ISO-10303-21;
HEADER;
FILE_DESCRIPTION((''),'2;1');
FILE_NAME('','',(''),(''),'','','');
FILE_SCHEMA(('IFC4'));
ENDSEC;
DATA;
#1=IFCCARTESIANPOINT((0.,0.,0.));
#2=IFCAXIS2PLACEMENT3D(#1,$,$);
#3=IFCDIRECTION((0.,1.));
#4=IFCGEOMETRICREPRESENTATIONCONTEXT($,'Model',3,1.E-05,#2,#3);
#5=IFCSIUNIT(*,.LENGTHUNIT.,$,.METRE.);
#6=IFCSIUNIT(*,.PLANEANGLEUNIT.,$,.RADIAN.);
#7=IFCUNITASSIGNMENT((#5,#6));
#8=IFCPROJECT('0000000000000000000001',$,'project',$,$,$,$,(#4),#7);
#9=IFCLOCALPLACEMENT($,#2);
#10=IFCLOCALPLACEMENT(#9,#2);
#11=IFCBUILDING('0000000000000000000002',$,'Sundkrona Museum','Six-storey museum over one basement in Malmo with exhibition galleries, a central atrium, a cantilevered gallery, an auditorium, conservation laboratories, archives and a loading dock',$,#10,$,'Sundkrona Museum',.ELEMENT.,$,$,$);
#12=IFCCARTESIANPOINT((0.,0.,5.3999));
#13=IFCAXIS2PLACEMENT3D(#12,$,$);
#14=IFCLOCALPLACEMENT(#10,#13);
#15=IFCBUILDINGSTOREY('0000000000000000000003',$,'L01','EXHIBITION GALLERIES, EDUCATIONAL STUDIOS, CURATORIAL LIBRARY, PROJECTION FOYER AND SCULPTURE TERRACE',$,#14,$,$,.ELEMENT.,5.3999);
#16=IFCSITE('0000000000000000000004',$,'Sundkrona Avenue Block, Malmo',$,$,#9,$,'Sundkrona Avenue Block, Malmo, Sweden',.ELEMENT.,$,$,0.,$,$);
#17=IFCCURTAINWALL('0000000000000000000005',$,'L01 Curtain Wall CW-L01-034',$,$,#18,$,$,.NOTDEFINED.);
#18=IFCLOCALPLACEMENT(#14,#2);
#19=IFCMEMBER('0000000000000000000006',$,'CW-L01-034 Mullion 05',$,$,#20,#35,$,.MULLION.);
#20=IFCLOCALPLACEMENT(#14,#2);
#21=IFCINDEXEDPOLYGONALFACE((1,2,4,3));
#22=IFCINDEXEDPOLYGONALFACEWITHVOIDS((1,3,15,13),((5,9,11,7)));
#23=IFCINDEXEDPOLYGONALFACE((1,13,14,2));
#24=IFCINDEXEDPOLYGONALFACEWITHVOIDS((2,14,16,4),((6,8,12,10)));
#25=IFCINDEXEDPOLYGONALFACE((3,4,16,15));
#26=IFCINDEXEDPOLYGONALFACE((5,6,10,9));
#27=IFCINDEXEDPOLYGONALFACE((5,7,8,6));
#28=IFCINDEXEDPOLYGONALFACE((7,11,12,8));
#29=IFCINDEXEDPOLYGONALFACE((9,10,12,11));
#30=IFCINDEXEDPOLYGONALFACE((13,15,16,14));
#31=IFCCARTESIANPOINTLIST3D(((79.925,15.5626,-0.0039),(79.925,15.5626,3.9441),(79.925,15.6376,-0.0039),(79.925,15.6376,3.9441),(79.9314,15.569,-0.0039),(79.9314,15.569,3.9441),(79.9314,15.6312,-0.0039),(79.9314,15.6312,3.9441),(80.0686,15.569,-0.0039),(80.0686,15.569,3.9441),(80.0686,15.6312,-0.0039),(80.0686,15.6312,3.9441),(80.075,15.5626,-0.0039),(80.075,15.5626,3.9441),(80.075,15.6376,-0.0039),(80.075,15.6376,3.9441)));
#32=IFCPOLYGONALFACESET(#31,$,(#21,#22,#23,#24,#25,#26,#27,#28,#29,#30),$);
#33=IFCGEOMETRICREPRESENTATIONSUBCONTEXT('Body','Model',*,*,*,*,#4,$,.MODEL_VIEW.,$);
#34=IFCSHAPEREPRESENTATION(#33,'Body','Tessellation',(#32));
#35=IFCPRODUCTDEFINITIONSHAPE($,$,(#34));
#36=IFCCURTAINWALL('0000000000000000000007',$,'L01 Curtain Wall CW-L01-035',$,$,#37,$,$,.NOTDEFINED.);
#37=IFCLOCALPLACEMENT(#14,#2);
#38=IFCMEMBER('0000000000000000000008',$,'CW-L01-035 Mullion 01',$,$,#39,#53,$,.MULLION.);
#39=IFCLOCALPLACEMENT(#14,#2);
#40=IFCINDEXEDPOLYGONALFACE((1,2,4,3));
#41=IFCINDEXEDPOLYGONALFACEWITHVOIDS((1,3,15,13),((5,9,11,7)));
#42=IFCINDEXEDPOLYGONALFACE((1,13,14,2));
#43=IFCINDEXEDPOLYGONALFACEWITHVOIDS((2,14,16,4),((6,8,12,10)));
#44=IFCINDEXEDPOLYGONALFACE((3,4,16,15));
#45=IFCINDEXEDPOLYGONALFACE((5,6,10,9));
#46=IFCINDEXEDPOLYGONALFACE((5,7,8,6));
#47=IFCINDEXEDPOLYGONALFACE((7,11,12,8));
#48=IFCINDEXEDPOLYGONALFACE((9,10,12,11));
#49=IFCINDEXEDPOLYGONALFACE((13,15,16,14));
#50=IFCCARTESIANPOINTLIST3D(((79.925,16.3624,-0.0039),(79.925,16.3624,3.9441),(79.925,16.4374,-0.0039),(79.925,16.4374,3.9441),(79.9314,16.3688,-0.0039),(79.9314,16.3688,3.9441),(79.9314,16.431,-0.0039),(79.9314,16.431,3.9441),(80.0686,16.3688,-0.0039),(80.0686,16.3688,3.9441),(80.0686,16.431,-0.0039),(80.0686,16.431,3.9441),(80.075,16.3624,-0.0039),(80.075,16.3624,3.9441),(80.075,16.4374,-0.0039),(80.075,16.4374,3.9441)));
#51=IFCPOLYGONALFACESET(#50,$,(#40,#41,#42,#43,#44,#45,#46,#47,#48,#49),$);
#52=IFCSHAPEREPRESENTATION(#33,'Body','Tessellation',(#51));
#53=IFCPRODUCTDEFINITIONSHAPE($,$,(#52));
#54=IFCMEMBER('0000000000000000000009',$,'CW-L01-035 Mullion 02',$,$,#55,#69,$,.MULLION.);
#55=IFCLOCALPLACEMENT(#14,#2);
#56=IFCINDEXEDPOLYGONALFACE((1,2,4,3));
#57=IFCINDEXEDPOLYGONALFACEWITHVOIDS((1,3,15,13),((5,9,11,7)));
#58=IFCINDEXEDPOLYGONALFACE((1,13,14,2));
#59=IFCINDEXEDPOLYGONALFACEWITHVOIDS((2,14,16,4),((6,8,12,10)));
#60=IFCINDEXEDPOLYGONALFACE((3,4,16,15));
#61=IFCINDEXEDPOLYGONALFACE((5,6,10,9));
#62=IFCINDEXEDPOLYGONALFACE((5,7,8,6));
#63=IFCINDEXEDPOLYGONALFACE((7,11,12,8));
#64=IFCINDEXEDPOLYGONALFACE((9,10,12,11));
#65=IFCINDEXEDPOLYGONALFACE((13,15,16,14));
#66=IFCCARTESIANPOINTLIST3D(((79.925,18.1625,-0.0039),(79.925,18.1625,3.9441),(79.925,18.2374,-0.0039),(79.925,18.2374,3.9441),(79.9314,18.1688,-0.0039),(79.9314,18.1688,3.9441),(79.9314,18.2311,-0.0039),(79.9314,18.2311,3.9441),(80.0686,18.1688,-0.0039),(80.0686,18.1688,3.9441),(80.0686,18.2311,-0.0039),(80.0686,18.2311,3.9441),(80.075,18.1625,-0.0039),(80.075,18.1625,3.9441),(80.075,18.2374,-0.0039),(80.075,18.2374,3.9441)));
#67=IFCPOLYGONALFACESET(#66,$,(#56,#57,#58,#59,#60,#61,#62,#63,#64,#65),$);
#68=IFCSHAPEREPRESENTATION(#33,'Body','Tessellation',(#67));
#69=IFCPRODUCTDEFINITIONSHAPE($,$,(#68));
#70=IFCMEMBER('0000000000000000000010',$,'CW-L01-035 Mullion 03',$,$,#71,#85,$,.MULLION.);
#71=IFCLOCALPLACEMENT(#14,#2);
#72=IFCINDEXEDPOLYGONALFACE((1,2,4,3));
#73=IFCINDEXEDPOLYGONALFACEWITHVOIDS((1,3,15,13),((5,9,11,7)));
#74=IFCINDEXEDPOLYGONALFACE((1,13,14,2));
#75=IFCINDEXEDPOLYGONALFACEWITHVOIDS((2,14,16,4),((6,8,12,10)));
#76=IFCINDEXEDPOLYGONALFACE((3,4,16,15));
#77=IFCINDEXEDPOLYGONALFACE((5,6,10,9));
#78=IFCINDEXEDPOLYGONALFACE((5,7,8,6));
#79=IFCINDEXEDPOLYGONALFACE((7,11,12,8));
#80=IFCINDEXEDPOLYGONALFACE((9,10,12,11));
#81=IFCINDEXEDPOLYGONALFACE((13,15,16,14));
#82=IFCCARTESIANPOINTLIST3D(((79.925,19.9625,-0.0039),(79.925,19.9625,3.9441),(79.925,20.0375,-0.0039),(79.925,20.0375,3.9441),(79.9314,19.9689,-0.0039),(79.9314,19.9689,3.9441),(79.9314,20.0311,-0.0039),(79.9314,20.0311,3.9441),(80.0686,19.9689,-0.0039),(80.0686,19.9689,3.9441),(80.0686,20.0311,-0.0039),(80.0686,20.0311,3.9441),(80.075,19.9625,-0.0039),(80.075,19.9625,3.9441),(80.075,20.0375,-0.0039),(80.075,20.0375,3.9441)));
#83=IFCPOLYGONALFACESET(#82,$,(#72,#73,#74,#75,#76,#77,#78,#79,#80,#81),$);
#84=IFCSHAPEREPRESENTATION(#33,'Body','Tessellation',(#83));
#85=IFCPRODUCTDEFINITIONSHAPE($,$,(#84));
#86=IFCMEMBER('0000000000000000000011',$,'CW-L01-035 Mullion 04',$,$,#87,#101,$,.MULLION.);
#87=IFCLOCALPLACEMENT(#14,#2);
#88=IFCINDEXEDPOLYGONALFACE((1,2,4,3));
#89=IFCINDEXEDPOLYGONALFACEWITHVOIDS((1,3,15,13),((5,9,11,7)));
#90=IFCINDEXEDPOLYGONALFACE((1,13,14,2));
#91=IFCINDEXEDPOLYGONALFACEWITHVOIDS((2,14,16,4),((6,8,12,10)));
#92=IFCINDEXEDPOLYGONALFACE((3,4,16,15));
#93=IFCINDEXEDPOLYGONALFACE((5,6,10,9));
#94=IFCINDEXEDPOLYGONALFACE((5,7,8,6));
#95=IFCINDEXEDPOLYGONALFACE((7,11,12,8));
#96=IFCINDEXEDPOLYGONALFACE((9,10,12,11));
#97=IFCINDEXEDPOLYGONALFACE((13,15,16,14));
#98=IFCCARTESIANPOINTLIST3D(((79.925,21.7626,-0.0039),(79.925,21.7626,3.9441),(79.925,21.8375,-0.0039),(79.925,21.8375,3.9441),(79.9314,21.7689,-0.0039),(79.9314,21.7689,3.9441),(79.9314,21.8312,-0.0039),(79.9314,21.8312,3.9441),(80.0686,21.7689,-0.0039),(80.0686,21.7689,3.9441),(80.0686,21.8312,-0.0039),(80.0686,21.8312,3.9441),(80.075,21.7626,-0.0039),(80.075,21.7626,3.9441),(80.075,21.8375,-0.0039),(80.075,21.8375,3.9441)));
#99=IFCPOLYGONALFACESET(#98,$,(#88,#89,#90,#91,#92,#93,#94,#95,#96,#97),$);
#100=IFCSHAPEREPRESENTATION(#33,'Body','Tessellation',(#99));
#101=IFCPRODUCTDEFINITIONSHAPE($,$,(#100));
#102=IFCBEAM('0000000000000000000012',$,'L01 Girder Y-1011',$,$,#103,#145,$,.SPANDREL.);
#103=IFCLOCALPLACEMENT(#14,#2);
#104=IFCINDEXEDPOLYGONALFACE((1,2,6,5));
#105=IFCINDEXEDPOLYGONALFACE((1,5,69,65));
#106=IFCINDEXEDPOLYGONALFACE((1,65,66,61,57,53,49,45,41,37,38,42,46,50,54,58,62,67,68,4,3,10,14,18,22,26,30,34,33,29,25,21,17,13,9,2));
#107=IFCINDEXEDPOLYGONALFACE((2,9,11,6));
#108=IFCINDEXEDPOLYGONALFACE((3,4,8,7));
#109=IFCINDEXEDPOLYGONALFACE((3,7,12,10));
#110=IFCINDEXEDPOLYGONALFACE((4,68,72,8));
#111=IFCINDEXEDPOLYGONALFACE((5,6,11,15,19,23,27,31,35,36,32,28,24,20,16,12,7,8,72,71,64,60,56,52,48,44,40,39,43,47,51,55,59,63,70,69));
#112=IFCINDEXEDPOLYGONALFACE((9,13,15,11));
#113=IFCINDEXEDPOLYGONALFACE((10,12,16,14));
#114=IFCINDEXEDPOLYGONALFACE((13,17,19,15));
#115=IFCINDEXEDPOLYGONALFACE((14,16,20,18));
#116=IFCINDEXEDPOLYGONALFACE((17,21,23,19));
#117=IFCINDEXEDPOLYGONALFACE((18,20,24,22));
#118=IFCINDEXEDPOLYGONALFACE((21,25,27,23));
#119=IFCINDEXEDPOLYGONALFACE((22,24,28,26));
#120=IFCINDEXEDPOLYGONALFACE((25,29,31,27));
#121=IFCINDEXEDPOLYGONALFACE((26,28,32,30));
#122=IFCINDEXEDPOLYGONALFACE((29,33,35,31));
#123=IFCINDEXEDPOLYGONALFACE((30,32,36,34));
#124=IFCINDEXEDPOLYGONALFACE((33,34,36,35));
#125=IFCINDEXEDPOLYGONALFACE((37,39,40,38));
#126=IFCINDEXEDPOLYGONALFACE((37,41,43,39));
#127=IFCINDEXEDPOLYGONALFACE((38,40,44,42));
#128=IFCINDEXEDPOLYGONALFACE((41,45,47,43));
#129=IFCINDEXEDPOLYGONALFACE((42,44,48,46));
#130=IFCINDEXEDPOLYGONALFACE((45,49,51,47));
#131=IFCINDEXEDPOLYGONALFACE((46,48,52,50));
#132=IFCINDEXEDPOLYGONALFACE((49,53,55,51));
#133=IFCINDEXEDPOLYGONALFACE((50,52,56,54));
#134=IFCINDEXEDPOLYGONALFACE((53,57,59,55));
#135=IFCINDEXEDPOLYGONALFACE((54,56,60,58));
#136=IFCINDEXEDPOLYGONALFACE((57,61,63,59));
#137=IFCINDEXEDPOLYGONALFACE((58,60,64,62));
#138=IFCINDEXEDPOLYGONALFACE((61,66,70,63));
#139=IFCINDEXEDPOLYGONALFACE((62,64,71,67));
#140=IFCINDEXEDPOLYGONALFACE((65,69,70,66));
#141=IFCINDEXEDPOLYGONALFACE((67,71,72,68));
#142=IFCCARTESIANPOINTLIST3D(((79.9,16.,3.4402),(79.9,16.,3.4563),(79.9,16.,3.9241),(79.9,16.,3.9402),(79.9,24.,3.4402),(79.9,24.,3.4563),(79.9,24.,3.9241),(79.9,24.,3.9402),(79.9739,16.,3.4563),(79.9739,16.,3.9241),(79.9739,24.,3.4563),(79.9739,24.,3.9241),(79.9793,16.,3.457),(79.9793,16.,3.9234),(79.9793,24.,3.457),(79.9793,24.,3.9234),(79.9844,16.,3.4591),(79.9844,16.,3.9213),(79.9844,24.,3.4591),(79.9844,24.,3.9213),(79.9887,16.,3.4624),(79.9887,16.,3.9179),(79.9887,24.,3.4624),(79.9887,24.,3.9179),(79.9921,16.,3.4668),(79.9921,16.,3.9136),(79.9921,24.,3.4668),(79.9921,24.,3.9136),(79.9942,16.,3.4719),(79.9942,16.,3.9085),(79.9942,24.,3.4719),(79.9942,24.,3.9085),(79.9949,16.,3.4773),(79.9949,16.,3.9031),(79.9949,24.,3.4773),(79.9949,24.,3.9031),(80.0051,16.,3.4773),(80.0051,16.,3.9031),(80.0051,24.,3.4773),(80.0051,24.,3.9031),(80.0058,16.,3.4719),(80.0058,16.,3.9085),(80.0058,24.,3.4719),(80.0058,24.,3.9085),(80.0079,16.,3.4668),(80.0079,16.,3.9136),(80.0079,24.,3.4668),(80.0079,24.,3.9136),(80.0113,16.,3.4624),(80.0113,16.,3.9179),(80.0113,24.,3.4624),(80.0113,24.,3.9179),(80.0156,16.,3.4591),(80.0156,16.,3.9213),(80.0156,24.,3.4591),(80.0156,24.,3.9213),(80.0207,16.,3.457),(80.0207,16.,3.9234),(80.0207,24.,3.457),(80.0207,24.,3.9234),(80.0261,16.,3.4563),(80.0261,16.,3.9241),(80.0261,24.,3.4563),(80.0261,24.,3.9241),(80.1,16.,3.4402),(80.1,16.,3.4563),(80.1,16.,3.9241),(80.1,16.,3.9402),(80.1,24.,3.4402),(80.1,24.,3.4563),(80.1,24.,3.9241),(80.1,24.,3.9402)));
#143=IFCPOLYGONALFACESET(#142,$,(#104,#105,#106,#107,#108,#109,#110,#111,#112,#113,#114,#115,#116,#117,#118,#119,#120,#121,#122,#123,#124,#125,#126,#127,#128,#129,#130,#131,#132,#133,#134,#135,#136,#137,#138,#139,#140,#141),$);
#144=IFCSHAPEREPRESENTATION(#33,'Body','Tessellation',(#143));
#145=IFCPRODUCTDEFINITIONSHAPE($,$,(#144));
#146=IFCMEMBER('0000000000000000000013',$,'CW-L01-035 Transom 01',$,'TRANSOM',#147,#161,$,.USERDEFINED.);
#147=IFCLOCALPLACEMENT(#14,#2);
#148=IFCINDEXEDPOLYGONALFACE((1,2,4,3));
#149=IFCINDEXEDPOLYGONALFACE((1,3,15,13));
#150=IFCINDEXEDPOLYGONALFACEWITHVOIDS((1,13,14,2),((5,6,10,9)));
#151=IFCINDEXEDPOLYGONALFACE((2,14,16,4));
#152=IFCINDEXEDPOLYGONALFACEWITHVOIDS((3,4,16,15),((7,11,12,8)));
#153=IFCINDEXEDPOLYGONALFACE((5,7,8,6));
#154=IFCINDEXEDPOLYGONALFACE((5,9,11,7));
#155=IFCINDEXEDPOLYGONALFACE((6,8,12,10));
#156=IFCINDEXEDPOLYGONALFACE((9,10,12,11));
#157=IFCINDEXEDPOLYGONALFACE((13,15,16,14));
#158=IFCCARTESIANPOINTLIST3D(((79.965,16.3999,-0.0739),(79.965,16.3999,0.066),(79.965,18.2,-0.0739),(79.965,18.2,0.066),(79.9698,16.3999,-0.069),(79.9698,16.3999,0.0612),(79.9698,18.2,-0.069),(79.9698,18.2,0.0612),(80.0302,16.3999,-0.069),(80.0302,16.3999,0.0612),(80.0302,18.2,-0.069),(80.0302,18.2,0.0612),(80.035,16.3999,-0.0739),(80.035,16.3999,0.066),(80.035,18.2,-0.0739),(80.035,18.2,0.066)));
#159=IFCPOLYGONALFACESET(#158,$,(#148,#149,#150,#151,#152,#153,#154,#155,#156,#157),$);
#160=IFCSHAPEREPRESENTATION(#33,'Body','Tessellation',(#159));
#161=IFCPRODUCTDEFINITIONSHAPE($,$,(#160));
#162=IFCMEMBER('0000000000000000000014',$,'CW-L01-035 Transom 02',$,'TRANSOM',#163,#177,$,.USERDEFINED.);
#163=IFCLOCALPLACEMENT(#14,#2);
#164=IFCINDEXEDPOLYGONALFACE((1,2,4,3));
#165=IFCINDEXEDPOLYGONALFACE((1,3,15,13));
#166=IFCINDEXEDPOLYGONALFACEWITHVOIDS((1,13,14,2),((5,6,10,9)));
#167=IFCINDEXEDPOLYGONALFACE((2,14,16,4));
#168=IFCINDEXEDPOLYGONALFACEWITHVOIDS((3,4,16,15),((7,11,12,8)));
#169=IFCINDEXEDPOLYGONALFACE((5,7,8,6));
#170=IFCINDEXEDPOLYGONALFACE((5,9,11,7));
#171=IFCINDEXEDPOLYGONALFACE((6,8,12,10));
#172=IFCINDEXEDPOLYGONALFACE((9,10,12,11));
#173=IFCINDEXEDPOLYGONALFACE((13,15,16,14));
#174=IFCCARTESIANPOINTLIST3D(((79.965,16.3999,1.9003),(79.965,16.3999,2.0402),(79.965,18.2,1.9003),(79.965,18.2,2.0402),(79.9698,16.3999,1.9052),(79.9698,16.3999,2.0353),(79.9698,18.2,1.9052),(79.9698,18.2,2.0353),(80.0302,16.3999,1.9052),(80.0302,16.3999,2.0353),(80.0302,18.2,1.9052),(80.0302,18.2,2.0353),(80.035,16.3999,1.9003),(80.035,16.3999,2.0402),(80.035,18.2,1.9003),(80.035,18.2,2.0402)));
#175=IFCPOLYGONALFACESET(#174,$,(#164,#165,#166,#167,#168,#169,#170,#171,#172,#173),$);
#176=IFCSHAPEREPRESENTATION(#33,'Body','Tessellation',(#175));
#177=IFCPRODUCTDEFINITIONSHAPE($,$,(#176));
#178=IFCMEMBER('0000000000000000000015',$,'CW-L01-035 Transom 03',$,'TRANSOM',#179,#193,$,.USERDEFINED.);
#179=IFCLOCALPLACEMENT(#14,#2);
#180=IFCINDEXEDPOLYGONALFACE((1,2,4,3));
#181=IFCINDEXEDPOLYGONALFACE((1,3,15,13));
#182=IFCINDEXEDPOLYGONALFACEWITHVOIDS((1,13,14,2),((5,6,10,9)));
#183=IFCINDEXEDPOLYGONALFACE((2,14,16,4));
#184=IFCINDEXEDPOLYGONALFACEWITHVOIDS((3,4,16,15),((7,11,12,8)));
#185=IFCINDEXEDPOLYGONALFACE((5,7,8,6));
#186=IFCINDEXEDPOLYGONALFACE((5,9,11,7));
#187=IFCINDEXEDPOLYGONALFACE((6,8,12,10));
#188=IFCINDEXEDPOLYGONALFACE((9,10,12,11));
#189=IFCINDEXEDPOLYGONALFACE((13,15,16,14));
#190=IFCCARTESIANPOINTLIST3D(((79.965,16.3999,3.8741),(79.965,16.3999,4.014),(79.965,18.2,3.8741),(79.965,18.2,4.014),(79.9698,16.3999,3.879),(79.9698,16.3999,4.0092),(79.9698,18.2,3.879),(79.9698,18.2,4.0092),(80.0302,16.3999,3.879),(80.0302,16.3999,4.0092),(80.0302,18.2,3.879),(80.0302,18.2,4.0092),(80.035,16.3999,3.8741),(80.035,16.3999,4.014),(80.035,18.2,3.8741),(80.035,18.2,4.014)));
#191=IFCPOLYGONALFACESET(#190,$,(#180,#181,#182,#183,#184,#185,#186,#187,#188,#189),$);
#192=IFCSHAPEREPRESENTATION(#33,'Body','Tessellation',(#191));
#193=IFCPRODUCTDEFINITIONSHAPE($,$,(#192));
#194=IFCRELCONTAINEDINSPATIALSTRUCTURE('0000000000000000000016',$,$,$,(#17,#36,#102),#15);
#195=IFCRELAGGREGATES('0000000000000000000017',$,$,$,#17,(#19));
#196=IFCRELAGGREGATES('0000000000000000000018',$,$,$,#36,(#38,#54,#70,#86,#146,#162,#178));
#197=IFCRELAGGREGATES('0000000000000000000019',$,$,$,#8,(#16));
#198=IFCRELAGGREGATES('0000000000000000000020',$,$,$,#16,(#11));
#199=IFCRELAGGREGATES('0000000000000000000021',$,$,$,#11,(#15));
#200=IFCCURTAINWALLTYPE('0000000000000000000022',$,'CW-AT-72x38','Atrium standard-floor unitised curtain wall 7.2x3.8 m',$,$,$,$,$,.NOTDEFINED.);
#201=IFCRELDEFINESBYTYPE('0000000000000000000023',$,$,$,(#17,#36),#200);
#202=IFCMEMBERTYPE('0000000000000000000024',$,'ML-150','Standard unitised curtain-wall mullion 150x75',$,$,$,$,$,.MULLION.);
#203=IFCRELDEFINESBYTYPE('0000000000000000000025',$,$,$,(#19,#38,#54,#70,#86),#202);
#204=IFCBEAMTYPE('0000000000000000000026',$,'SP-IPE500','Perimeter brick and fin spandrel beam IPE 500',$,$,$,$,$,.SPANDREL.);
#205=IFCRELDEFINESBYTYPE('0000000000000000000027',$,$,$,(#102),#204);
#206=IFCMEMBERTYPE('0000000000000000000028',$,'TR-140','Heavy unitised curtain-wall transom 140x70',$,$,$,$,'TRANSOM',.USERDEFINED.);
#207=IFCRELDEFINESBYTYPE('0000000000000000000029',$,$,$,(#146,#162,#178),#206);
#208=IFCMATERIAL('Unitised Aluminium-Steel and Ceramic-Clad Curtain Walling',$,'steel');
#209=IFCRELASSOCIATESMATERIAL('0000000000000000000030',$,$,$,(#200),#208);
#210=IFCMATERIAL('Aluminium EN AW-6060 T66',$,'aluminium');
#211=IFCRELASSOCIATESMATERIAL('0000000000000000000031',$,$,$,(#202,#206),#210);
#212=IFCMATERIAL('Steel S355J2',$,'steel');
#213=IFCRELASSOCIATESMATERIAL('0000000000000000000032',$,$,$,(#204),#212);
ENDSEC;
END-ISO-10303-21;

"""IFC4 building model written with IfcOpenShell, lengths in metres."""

from ifc_helpers import new_model, si_unit, direction, frame, origin, origin_2d, place, context, subcontext, project, spatial, hollow_rectangle, i_section, extrude, material, material_profile, profile_set, type_object, element, aggregate, save


model = new_model("IFC4")

# Units and contexts
model_context = context("Model", 3, precision=1e-05, world=origin(), true_north=direction((0.0, 1.0)))
body_context = subcontext(model_context, "Body", "Model", "MODEL_VIEW")
ifc_project = project(units=[si_unit("LENGTHUNIT", "METRE"), si_unit("PLANEANGLEUNIT", "RADIAN")], contexts=[model_context])

# Site, building, storey
site_placement = place(None, origin())
site = spatial("IfcSite", under=ifc_project, at=site_placement, Name="Sundkrona Avenue Block, Malmo", LongName="Sundkrona Avenue Block, Malmo, Sweden", CompositionType="ELEMENT", RefElevation=0.0)
building_placement = place(site_placement, origin())
building = spatial("IfcBuilding", under=site, at=building_placement, Name="Sundkrona Museum", Description="Six-storey museum over one basement in Malmo with exhibition galleries, a central atrium, a cantilevered gallery, an auditorium, conservation laboratories, archives and a loading dock", LongName="Sundkrona Museum", CompositionType="ELEMENT")
storey_placement = place(building_placement, frame((0.0, 0.0, 5.3999)))
storey = spatial("IfcBuildingStorey", under=building, at=storey_placement, Name="L01", Description="EXHIBITION GALLERIES, EDUCATIONAL STUDIOS, CURATORIAL LIBRARY, PROJECTION FOYER AND SCULPTURE TERRACE", CompositionType="ELEMENT", Elevation=5.3999)

# Shared definitions
ifc_material_1 = material(Name="Steel S355J2", Category="steel")

# Curtain wall, member
ifc_material_2 = material(Name="Unitised Aluminium-Steel and Ceramic-Clad Curtain Walling", Category="steel")
curtain_wall_type = type_object("IfcCurtainWallType", Name="CW-AT-72x38", Description="Atrium standard-floor unitised curtain wall 7.2x3.8 m", PredefinedType="NOTDEFINED", material=ifc_material_2)
curtain_wall_1_placement = place(storey_placement, origin())
curtain_wall_1 = element("IfcCurtainWall", 1, at=curtain_wall_1_placement, inside=storey, type_object=curtain_wall_type, Name="L01 Curtain Wall CW-L01-034", PredefinedType="NOTDEFINED")
ifc_material_3 = material(Name="Aluminium EN AW-6060 T66", Category="aluminium")
ifc_material_profile_1 = material_profile(ifc_material_3, hollow_rectangle(XDim=0.075, YDim=0.1499, WallThickness=0.0063, at=origin_2d()), Name="RHS 150x75x6.3")
ifc_profile_set_1 = profile_set([ifc_material_profile_1], Name="Aluminium EN AW-6060 T66")
member_type_1 = type_object("IfcMemberType", Name="ML-150", Description="Standard unitised curtain-wall mullion 150x75", PredefinedType="MULLION", material=ifc_profile_set_1)
member_1_placement = place(storey_placement, frame((80.0, 15.6001, -0.0039), z_axis=(0.0, 0.0, 1.0), x_axis=(0.0, 1.0, 0.0)))
member_1 = element("IfcMember", 2, at=member_1_placement, type_object=member_type_1, Name="CW-L01-034 Mullion 05", PredefinedType="MULLION", context=body_context, shape_type="SweptSolid", body=[
    extrude(hollow_rectangle(XDim=0.075, YDim=0.1499, WallThickness=0.0063, at=origin_2d()), origin(), (0.0, 0.0, 1.0), 3.948),
])

# Curtain wall, members
curtain_wall_2_placement = place(storey_placement, origin())
curtain_wall_2 = element("IfcCurtainWall", 3, at=curtain_wall_2_placement, inside=storey, type_object=curtain_wall_type, Name="L01 Curtain Wall CW-L01-035", PredefinedType="NOTDEFINED")
member_2_placement = place(storey_placement, frame((80.0, 16.3999, -0.0039), z_axis=(0.0, 0.0, 1.0), x_axis=(0.0, 1.0, 0.0)))
member_2 = element("IfcMember", 4, at=member_2_placement, type_object=member_type_1, Name="CW-L01-035 Mullion 01", PredefinedType="MULLION", context=body_context, shape_type="SweptSolid", body=[
    extrude(hollow_rectangle(XDim=0.075, YDim=0.1499, WallThickness=0.0063, at=origin_2d()), origin(), (0.0, 0.0, 1.0), 3.948),
])
member_3_placement = place(storey_placement, frame((80.0, 18.2, -0.0039), z_axis=(0.0, 0.0, 1.0), x_axis=(0.0, 1.0, 0.0)))
member_3 = element("IfcMember", 5, at=member_3_placement, type_object=member_type_1, Name="CW-L01-035 Mullion 02", PredefinedType="MULLION", context=body_context, shape_type="SweptSolid", body=[
    extrude(hollow_rectangle(XDim=0.075, YDim=0.1499, WallThickness=0.0063, at=origin_2d()), origin(), (0.0, 0.0, 1.0), 3.948),
])
member_4_placement = place(storey_placement, frame((80.0, 20.0, -0.0039), z_axis=(0.0, 0.0, 1.0), x_axis=(0.0, 1.0, 0.0)))
member_4 = element("IfcMember", 6, at=member_4_placement, type_object=member_type_1, Name="CW-L01-035 Mullion 03", PredefinedType="MULLION", context=body_context, shape_type="SweptSolid", body=[
    extrude(hollow_rectangle(XDim=0.075, YDim=0.1499, WallThickness=0.0063, at=origin_2d()), origin(), (0.0, 0.0, 1.0), 3.948),
])
member_5_placement = place(storey_placement, frame((80.0, 21.8, -0.0039), z_axis=(0.0, 0.0, 1.0), x_axis=(0.0, 1.0, 0.0)))
member_5 = element("IfcMember", 7, at=member_5_placement, type_object=member_type_1, Name="CW-L01-035 Mullion 04", PredefinedType="MULLION", context=body_context, shape_type="SweptSolid", body=[
    extrude(hollow_rectangle(XDim=0.075, YDim=0.1499, WallThickness=0.0063, at=origin_2d()), origin(), (0.0, 0.0, 1.0), 3.948),
])

# Beam
ifc_material_profile_2 = material_profile(ifc_material_1, i_section(OverallWidth=0.2, OverallDepth=0.5, WebThickness=0.0103, FlangeThickness=0.0161, FilletRadius=0.021, at=origin_2d()), Name="IPE 500")
ifc_profile_set_2 = profile_set([ifc_material_profile_2], Name="Steel S355J2")
beam_type_1 = type_object("IfcBeamType", Name="SP-IPE500", Description="Perimeter brick and fin spandrel beam IPE 500", PredefinedType="SPANDREL", material=ifc_profile_set_2)
beam_placement = place(storey_placement, frame((80.0, 16.0, 3.6902), z_axis=(0.0, 1.0, 0.0), x_axis=(-1.0, 0.0, 0.0)))
element("IfcBeam", 8, at=beam_placement, inside=storey, type_object=beam_type_1, Name="L01 Girder Y-1011", PredefinedType="SPANDREL", context=body_context, shape_type="SweptSolid", body=[
    extrude(i_section(OverallWidth=0.2, OverallDepth=0.5, WebThickness=0.0103, FlangeThickness=0.0161, FilletRadius=0.021, at=origin_2d()), origin(), (0.0, 0.0, 1.0), 8.0),
])

# Members
ifc_material_profile_3 = material_profile(ifc_material_3, hollow_rectangle(XDim=0.0701, YDim=0.1399, WallThickness=0.0049, at=origin_2d()), Name="RHS 140x70x5.0")
ifc_profile_set_3 = profile_set([ifc_material_profile_3], Name="Aluminium EN AW-6060 T66")
member_type_2 = type_object("IfcMemberType", Name="TR-140", Description="Heavy unitised curtain-wall transom 140x70", ElementType="TRANSOM", PredefinedType="USERDEFINED", material=ifc_profile_set_3)
member_6_placement = place(storey_placement, frame((80.0, 16.3999, -0.0039), z_axis=(0.0, 1.0, 0.0), x_axis=(-1.0, 0.0, 0.0)))
member_6 = element("IfcMember", 9, at=member_6_placement, type_object=member_type_2, Name="CW-L01-035 Transom 01", ObjectType="TRANSOM", PredefinedType="USERDEFINED", context=body_context, shape_type="SweptSolid", body=[
    extrude(hollow_rectangle(XDim=0.0701, YDim=0.1399, WallThickness=0.0049, at=origin_2d()), origin(), (0.0, 0.0, 1.0), 1.8),
])
member_7_placement = place(storey_placement, frame((80.0, 16.3999, 1.9702), z_axis=(0.0, 1.0, 0.0), x_axis=(-1.0, 0.0, 0.0)))
member_7 = element("IfcMember", 10, at=member_7_placement, type_object=member_type_2, Name="CW-L01-035 Transom 02", ObjectType="TRANSOM", PredefinedType="USERDEFINED", context=body_context, shape_type="SweptSolid", body=[
    extrude(hollow_rectangle(XDim=0.0701, YDim=0.1399, WallThickness=0.0049, at=origin_2d()), origin(), (0.0, 0.0, 1.0), 1.8),
])
member_8_placement = place(storey_placement, frame((80.0, 16.3999, 3.9441), z_axis=(0.0, 1.0, 0.0), x_axis=(-1.0, 0.0, 0.0)))
member_8 = element("IfcMember", 11, at=member_8_placement, type_object=member_type_2, Name="CW-L01-035 Transom 03", ObjectType="TRANSOM", PredefinedType="USERDEFINED", context=body_context, shape_type="SweptSolid", body=[
    extrude(hollow_rectangle(XDim=0.0701, YDim=0.1399, WallThickness=0.0049, at=origin_2d()), origin(), (0.0, 0.0, 1.0), 1.8),
])

aggregate(curtain_wall_1, [member_1])
aggregate(curtain_wall_2, [member_2, member_3, member_4, member_5, member_6, member_7, member_8])

save(model, "model.ifc")
